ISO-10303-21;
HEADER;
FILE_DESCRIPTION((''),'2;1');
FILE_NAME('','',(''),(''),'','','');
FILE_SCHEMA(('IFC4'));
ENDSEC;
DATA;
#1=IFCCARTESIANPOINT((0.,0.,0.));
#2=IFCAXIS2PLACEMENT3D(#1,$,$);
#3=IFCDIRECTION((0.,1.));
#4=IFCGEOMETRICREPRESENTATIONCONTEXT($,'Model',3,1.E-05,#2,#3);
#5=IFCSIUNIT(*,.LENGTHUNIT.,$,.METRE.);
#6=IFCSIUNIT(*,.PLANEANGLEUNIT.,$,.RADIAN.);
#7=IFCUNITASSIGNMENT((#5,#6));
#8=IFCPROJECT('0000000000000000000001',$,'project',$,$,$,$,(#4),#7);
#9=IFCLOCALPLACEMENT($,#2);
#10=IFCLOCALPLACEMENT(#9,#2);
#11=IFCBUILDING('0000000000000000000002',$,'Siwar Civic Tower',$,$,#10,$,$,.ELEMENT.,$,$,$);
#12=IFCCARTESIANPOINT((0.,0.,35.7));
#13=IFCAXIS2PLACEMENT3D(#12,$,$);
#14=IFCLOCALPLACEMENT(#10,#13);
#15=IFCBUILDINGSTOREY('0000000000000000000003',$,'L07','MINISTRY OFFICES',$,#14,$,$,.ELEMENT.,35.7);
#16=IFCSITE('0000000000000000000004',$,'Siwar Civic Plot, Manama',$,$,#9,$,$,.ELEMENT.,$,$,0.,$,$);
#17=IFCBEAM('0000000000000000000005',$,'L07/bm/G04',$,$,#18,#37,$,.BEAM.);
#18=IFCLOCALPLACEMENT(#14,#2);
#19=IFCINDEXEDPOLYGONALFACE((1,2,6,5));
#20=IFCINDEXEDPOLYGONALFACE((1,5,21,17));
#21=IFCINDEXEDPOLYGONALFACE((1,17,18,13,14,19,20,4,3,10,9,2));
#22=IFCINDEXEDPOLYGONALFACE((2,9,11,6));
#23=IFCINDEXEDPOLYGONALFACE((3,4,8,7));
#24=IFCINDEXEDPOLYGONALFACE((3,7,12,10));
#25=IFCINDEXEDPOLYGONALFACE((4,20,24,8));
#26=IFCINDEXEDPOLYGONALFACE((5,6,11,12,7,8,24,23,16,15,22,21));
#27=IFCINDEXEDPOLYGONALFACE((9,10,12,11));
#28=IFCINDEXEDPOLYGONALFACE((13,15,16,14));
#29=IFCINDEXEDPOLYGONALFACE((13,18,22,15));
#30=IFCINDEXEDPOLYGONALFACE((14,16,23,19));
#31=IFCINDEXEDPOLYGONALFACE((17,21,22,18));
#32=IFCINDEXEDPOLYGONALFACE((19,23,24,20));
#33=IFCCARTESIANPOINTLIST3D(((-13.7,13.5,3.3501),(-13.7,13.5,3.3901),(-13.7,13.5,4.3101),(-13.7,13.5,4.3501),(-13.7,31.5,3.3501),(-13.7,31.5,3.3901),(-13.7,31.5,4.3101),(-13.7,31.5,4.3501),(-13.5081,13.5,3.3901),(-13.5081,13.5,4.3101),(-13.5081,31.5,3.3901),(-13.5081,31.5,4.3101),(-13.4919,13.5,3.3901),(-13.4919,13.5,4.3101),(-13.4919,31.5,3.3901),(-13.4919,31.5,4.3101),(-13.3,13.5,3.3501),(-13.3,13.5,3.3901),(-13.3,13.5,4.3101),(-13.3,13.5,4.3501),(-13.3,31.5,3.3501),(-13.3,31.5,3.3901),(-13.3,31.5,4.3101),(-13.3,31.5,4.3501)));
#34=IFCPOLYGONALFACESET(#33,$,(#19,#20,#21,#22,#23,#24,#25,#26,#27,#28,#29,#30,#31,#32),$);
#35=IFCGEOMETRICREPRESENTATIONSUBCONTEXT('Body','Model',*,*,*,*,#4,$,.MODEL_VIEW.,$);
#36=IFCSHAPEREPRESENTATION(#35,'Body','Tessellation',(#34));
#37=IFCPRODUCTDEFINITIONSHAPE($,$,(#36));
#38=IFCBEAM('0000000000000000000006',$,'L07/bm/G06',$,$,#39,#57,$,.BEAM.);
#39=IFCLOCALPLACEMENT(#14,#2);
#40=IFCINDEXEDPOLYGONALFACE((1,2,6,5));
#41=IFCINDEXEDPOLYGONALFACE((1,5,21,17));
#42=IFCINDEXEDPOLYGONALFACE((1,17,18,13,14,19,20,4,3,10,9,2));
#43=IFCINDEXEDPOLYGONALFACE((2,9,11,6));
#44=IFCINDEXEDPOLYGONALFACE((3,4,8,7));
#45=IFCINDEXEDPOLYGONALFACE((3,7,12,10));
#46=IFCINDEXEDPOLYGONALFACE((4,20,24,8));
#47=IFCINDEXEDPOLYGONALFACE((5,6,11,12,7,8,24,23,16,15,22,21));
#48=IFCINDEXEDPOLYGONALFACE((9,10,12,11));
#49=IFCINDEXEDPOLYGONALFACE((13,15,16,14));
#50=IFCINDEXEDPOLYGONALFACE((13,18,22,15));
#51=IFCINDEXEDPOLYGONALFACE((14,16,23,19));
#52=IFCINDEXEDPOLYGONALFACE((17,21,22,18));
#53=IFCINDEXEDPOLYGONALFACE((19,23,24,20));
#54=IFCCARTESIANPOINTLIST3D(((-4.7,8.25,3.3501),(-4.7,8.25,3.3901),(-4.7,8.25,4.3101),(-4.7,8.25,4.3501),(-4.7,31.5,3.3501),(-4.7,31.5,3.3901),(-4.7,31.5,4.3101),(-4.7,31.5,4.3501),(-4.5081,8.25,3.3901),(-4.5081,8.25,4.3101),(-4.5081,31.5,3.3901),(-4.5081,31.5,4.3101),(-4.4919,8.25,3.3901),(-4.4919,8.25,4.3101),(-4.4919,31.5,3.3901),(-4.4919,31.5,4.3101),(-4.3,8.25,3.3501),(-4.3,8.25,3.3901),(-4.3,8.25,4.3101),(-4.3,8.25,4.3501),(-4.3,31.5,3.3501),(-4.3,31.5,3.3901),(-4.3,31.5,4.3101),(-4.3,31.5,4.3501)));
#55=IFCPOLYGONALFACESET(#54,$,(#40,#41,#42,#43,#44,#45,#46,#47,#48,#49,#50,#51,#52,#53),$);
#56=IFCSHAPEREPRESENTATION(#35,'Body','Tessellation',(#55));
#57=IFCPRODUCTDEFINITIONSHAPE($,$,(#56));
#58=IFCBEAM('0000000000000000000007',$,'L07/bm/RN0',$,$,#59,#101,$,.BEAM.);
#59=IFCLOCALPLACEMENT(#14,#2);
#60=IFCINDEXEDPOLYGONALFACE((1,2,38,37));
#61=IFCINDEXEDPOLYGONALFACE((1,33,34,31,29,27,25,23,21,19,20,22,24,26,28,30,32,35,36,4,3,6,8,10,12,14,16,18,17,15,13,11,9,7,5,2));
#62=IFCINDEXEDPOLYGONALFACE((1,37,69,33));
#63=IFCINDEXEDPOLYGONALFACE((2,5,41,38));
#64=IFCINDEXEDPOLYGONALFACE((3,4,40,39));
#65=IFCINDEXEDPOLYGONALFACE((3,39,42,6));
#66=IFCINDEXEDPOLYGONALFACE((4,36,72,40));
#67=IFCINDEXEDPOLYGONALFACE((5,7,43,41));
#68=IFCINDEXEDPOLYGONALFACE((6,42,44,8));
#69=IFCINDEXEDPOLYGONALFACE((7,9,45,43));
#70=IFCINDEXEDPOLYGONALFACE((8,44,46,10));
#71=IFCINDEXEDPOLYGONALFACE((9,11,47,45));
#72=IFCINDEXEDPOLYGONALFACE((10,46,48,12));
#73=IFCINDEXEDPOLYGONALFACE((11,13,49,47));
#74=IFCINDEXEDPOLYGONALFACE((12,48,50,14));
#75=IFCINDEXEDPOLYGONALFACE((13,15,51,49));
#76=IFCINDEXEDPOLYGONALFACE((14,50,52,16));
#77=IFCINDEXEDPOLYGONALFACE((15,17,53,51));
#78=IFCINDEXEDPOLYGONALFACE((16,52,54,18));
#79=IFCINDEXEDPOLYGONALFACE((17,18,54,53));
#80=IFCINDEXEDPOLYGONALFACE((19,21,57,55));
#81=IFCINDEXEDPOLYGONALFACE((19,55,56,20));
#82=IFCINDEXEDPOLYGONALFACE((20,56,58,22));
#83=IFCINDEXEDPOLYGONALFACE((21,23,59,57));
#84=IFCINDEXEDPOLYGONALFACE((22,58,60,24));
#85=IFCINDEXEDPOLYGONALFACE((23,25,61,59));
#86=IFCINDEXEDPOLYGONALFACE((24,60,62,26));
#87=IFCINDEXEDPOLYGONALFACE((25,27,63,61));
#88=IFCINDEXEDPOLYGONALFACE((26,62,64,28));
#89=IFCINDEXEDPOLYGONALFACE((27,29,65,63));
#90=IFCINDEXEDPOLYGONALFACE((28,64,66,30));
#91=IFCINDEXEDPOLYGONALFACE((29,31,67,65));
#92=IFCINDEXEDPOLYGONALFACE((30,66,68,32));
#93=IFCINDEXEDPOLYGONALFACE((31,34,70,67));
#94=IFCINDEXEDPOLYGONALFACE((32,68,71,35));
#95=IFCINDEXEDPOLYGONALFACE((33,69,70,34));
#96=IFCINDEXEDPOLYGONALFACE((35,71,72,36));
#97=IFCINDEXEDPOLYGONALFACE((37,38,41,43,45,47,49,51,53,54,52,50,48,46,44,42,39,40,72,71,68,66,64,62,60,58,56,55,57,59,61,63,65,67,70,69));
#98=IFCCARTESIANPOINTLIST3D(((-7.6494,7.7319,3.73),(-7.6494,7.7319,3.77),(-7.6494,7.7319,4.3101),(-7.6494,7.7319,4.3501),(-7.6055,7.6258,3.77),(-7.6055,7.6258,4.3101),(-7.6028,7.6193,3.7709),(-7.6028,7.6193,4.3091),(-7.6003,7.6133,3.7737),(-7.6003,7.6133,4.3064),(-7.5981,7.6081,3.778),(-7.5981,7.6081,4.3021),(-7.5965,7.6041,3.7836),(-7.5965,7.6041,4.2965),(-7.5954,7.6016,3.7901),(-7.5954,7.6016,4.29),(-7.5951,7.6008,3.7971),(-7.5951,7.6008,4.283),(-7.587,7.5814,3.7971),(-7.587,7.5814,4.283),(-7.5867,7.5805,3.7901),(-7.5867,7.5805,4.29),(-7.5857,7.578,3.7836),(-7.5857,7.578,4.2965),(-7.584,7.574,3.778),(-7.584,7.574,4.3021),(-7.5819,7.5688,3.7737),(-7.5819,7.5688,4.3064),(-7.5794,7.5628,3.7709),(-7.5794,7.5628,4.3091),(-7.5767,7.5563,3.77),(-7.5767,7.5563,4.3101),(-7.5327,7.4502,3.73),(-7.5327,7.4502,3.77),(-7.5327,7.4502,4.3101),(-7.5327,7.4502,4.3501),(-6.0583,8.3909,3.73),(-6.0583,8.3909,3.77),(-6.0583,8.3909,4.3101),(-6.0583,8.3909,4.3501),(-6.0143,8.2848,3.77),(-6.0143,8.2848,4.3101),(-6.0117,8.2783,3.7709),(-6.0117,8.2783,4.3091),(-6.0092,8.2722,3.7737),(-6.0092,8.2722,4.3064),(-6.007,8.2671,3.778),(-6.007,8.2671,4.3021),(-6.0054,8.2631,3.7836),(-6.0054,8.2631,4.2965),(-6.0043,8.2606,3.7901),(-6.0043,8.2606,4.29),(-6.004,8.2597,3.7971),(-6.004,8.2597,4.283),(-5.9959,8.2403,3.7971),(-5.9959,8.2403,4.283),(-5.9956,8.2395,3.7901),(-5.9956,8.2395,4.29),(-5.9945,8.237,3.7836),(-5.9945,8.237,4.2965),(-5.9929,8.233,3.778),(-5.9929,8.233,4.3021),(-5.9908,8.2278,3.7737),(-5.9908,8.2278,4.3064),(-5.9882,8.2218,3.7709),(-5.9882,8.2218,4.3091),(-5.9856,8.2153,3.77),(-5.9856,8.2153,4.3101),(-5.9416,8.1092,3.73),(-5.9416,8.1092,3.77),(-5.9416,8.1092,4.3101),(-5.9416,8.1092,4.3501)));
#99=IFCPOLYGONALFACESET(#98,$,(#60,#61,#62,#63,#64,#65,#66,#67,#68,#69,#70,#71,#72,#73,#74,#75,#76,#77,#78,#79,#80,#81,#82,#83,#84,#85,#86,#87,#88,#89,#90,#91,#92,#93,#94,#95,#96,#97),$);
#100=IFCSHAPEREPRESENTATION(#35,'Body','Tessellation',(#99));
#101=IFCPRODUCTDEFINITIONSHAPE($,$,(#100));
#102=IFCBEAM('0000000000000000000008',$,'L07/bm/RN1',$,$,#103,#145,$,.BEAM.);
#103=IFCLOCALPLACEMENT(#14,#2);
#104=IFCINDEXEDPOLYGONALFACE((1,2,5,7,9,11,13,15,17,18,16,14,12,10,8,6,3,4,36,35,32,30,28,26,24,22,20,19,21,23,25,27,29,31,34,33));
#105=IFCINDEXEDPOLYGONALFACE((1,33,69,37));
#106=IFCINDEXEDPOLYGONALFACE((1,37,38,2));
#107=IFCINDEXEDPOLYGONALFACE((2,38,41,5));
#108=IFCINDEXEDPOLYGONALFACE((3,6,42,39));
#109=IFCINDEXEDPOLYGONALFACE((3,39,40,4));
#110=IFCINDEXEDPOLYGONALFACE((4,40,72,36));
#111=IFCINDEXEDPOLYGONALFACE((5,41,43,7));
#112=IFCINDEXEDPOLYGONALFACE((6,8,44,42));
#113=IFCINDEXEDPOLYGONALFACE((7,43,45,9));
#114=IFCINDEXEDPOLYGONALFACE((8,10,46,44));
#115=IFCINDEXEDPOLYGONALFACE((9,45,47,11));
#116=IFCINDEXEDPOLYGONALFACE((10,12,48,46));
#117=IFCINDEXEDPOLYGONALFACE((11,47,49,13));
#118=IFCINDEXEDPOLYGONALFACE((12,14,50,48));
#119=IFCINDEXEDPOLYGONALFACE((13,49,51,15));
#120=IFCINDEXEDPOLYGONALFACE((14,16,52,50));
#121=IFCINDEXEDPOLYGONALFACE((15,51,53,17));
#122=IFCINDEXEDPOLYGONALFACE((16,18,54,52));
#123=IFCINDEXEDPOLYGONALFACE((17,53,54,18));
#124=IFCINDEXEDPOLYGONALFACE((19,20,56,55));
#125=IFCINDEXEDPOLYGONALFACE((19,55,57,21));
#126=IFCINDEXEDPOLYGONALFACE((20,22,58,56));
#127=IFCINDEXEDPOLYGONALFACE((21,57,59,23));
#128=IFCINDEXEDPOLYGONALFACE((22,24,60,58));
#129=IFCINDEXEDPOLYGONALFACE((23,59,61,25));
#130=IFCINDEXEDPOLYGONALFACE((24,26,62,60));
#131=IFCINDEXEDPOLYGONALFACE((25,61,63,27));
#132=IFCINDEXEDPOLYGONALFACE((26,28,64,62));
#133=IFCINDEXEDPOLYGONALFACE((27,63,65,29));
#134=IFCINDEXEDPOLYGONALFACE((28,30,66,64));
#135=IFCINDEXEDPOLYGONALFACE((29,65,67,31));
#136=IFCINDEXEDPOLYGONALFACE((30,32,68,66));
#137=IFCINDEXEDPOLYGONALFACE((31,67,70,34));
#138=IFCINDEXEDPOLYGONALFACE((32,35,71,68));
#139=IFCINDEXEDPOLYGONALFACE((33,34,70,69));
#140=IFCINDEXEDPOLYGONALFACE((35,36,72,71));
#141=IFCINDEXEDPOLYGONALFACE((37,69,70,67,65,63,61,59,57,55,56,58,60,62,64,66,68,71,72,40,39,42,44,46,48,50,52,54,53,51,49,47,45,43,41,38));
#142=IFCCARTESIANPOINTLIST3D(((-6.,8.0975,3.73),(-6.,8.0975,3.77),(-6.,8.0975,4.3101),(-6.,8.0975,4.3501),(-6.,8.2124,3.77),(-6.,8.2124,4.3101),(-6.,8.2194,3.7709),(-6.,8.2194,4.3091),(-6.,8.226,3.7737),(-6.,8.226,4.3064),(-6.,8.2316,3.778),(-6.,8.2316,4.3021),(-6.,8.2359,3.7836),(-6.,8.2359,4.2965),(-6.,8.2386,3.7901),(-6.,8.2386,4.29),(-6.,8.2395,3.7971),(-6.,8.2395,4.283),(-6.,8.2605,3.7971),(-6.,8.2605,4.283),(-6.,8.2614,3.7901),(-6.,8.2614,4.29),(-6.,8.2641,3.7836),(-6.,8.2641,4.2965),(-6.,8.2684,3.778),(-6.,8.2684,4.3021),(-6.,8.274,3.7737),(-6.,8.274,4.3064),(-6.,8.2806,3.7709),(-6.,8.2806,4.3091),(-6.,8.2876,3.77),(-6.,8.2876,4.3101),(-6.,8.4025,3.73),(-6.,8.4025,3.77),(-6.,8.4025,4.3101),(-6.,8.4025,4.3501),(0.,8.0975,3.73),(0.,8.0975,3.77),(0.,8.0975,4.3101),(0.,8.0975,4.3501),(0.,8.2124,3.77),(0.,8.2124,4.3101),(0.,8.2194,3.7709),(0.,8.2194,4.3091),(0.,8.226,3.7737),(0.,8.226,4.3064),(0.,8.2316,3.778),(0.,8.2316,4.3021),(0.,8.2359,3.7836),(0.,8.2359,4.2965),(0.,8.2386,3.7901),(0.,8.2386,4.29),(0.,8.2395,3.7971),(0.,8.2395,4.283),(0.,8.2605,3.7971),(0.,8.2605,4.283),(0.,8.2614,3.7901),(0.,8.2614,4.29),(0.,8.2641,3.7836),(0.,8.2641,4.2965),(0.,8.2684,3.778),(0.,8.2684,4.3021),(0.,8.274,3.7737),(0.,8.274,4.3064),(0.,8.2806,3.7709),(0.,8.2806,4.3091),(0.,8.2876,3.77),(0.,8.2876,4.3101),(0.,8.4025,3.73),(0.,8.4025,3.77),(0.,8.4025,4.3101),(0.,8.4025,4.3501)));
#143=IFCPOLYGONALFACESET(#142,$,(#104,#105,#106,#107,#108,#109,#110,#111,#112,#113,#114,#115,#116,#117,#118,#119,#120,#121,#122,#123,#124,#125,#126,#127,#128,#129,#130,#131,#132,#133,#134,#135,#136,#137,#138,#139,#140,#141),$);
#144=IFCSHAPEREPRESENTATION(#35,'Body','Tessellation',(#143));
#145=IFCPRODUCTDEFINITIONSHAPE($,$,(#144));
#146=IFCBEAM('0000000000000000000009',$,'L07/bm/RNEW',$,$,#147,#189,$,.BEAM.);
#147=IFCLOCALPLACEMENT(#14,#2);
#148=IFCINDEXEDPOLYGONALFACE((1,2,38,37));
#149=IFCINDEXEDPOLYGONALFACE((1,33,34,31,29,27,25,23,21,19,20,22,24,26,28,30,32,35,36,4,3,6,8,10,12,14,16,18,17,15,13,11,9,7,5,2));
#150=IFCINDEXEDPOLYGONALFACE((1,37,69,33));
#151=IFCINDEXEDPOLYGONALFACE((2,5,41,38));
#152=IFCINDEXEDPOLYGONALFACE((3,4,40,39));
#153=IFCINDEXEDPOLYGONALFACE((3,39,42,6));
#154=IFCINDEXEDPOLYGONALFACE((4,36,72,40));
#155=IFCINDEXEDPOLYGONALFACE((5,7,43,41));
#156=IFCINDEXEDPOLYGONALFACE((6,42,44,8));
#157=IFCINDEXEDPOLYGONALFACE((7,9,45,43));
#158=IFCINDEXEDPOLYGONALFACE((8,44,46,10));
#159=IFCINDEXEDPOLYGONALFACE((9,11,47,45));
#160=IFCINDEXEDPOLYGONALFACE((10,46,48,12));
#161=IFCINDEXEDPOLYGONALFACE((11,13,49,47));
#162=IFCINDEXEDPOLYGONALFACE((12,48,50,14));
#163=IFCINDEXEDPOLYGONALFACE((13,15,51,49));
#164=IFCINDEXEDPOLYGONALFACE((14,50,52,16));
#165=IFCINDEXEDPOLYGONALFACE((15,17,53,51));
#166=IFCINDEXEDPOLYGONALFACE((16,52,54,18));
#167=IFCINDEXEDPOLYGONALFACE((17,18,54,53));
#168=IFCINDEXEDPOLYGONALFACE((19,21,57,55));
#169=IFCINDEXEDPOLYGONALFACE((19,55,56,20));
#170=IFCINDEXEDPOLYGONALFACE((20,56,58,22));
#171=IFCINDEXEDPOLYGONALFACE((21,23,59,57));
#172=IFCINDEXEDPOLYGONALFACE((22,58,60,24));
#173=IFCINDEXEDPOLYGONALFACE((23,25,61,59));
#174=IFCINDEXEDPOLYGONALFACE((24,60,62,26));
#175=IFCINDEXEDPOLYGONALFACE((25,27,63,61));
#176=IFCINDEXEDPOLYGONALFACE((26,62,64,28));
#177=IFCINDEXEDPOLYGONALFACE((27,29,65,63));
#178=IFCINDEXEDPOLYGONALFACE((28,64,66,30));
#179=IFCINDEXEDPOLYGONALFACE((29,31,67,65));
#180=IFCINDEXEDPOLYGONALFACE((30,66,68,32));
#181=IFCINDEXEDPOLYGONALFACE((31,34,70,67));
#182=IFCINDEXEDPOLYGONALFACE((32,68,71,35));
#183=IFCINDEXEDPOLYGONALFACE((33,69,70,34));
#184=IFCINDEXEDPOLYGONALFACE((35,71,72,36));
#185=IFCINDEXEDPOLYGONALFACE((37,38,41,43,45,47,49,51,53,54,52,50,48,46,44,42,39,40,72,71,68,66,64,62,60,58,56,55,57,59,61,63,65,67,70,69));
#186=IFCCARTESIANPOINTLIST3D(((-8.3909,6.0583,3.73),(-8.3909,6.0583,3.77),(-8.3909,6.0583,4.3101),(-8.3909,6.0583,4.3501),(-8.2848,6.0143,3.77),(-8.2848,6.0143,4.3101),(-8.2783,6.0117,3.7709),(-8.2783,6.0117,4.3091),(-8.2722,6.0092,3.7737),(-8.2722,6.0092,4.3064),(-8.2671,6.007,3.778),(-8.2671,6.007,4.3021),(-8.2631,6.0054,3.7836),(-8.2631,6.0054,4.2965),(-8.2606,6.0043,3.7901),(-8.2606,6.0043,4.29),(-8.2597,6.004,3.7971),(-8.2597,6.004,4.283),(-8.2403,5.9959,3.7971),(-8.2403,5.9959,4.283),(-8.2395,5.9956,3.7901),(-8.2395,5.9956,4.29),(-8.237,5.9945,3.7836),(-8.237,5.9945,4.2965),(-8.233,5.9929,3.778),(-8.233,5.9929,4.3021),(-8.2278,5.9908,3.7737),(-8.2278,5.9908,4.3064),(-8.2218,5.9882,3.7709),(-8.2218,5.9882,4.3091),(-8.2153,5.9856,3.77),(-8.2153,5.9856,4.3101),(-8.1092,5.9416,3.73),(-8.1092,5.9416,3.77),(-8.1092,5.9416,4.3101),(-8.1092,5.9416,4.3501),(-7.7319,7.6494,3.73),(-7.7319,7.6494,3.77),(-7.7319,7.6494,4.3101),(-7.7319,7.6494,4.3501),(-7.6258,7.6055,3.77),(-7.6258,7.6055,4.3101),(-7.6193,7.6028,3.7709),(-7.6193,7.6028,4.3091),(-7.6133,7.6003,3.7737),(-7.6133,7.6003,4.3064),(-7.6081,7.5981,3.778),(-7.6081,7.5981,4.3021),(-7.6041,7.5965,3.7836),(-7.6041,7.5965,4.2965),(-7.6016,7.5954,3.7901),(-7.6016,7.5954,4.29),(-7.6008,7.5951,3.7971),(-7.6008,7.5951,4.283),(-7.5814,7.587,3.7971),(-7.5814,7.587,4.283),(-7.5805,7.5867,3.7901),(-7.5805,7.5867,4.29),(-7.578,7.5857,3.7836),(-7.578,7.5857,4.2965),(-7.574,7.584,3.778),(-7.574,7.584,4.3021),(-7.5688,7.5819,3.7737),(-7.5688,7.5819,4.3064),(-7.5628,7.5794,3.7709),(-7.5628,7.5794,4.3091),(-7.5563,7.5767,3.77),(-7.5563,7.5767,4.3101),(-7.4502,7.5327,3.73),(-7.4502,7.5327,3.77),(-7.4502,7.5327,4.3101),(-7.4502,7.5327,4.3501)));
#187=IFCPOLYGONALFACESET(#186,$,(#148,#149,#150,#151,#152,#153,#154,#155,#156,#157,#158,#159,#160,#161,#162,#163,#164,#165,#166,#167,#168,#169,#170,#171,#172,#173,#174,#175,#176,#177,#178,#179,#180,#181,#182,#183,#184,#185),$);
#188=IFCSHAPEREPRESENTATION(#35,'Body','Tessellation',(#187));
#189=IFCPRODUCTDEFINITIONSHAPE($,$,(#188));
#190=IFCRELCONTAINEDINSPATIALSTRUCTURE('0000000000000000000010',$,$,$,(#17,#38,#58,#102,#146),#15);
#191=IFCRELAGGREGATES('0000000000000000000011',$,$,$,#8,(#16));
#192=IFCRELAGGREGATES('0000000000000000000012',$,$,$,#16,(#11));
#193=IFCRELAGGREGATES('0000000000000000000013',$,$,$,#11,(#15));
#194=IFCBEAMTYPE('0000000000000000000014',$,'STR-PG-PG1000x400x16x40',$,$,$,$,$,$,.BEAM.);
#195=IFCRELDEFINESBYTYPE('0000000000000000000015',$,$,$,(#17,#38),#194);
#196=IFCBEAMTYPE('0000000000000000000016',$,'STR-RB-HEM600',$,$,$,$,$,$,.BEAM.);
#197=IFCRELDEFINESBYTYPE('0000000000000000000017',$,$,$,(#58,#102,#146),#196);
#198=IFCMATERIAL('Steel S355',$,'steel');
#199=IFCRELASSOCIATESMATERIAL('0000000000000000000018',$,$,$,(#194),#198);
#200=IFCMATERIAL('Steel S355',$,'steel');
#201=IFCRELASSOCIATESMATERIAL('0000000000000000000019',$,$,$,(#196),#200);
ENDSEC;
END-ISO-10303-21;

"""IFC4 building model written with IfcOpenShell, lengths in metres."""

from ifc_helpers import new_model, si_unit, direction, frame, origin, origin_2d, place, context, subcontext, project, spatial, i_section, extrude, material, material_profile, profile_set, type_object, element, save


model = new_model("IFC4")

# Units and contexts
model_context = context("Model", 3, precision=1e-05, world=origin(), true_north=direction((0.0, 1.0)))
body_context = subcontext(model_context, "Body", "Model", "MODEL_VIEW")
ifc_project = project(units=[si_unit("LENGTHUNIT", "METRE"), si_unit("PLANEANGLEUNIT", "RADIAN")], contexts=[model_context])

# Site, building, storey
site_placement = place(None, origin())
site = spatial("IfcSite", under=ifc_project, at=site_placement, Name="Siwar Civic Plot, Manama", CompositionType="ELEMENT", RefElevation=0.0)
building_placement = place(site_placement, origin())
building = spatial("IfcBuilding", under=site, at=building_placement, Name="Siwar Civic Tower", CompositionType="ELEMENT")
storey_placement = place(building_placement, frame((0.0, 0.0, 35.7)))
storey = spatial("IfcBuildingStorey", under=building, at=storey_placement, Name="L07", Description="MINISTRY OFFICES", CompositionType="ELEMENT", Elevation=35.7)

# Beams
ifc_material_1 = material(Name="Steel S355", Category="steel")
ifc_material_profile_1 = material_profile(ifc_material_1, i_section(OverallWidth=0.3999, OverallDepth=1.0, WebThickness=0.0161, FlangeThickness=0.04, at=origin_2d()), Name="PG1000x400x16x40")
ifc_profile_set_1 = profile_set([ifc_material_profile_1], Name="Steel S355")
beam_type_1 = type_object("IfcBeamType", Name="STR-PG-PG1000x400x16x40", PredefinedType="BEAM", material=ifc_profile_set_1)
beam_1_placement = place(storey_placement, frame((-13.5, 13.5, 3.8501), z_axis=(0.0, 1.0, 0.0), x_axis=(-1.0, 0.0, 0.0)))
element("IfcBeam", 1, at=beam_1_placement, inside=storey, type_object=beam_type_1, Name="L07/bm/G04", PredefinedType="BEAM", context=body_context, shape_type="SweptSolid", body=[
    extrude(i_section(OverallWidth=0.3999, OverallDepth=1.0, WebThickness=0.0161, FlangeThickness=0.04, at=origin_2d()), origin(), (0.0, 0.0, 1.0), 18.0),
])
beam_2_placement = place(storey_placement, frame((-4.5, 8.25, 3.8501), z_axis=(0.0, 1.0, 0.0), x_axis=(-1.0, 0.0, 0.0)))
element("IfcBeam", 2, at=beam_2_placement, inside=storey, type_object=beam_type_1, Name="L07/bm/G06", PredefinedType="BEAM", context=body_context, shape_type="SweptSolid", body=[
    extrude(i_section(OverallWidth=0.3999, OverallDepth=1.0, WebThickness=0.0161, FlangeThickness=0.04, at=origin_2d()), origin(), (0.0, 0.0, 1.0), 23.25),
])
ifc_material_2 = material(Name="Steel S355", Category="steel")
ifc_material_profile_2 = material_profile(ifc_material_2, i_section(OverallWidth=0.3049, OverallDepth=0.6201, WebThickness=0.021, FlangeThickness=0.04, FilletRadius=0.0271, at=origin_2d()), Name="HEM600")
ifc_profile_set_2 = profile_set([ifc_material_profile_2], Name="Steel S355")
beam_type_2 = type_object("IfcBeamType", Name="STR-RB-HEM600", PredefinedType="BEAM", material=ifc_profile_set_2)
beam_3_placement = place(storey_placement, frame((-7.5911, 7.5911, 4.04), z_axis=(0.923901, 0.382631, 0.0), x_axis=(-0.382631, 0.923901, 0.0)))
element("IfcBeam", 3, at=beam_3_placement, inside=storey, type_object=beam_type_2, Name="L07/bm/RN0", PredefinedType="BEAM", context=body_context, shape_type="SweptSolid", body=[
    extrude(i_section(OverallWidth=0.3049, OverallDepth=0.6201, WebThickness=0.021, FlangeThickness=0.04, FilletRadius=0.0271, at=origin_2d()), origin(), (0.0, 0.0, 1.0), 1.7222),
])
beam_4_placement = place(storey_placement, frame((-6.0, 8.25, 4.04), z_axis=(1.0, 0.0, 0.0), x_axis=(0.0, 1.0, 0.0)))
element("IfcBeam", 4, at=beam_4_placement, inside=storey, type_object=beam_type_2, Name="L07/bm/RN1", PredefinedType="BEAM", context=body_context, shape_type="SweptSolid", body=[
    extrude(i_section(OverallWidth=0.3049, OverallDepth=0.6201, WebThickness=0.021, FlangeThickness=0.04, FilletRadius=0.0271, at=origin_2d()), origin(), (0.0, 0.0, 1.0), 6.0),
])
beam_5_placement = place(storey_placement, frame((-7.5911, 7.5911, 4.04), z_axis=(-0.382631, -0.923901, 0.0), x_axis=(0.923901, -0.382631, 0.0)))
element("IfcBeam", 5, at=beam_5_placement, inside=storey, type_object=beam_type_2, Name="L07/bm/RNEW", PredefinedType="BEAM", context=body_context, shape_type="SweptSolid", body=[
    extrude(i_section(OverallWidth=0.3049, OverallDepth=0.6201, WebThickness=0.021, FlangeThickness=0.04, FilletRadius=0.0271, at=origin_2d()), origin(), (0.0, 0.0, 1.0), 1.7222),
])

save(model, "model.ifc")
